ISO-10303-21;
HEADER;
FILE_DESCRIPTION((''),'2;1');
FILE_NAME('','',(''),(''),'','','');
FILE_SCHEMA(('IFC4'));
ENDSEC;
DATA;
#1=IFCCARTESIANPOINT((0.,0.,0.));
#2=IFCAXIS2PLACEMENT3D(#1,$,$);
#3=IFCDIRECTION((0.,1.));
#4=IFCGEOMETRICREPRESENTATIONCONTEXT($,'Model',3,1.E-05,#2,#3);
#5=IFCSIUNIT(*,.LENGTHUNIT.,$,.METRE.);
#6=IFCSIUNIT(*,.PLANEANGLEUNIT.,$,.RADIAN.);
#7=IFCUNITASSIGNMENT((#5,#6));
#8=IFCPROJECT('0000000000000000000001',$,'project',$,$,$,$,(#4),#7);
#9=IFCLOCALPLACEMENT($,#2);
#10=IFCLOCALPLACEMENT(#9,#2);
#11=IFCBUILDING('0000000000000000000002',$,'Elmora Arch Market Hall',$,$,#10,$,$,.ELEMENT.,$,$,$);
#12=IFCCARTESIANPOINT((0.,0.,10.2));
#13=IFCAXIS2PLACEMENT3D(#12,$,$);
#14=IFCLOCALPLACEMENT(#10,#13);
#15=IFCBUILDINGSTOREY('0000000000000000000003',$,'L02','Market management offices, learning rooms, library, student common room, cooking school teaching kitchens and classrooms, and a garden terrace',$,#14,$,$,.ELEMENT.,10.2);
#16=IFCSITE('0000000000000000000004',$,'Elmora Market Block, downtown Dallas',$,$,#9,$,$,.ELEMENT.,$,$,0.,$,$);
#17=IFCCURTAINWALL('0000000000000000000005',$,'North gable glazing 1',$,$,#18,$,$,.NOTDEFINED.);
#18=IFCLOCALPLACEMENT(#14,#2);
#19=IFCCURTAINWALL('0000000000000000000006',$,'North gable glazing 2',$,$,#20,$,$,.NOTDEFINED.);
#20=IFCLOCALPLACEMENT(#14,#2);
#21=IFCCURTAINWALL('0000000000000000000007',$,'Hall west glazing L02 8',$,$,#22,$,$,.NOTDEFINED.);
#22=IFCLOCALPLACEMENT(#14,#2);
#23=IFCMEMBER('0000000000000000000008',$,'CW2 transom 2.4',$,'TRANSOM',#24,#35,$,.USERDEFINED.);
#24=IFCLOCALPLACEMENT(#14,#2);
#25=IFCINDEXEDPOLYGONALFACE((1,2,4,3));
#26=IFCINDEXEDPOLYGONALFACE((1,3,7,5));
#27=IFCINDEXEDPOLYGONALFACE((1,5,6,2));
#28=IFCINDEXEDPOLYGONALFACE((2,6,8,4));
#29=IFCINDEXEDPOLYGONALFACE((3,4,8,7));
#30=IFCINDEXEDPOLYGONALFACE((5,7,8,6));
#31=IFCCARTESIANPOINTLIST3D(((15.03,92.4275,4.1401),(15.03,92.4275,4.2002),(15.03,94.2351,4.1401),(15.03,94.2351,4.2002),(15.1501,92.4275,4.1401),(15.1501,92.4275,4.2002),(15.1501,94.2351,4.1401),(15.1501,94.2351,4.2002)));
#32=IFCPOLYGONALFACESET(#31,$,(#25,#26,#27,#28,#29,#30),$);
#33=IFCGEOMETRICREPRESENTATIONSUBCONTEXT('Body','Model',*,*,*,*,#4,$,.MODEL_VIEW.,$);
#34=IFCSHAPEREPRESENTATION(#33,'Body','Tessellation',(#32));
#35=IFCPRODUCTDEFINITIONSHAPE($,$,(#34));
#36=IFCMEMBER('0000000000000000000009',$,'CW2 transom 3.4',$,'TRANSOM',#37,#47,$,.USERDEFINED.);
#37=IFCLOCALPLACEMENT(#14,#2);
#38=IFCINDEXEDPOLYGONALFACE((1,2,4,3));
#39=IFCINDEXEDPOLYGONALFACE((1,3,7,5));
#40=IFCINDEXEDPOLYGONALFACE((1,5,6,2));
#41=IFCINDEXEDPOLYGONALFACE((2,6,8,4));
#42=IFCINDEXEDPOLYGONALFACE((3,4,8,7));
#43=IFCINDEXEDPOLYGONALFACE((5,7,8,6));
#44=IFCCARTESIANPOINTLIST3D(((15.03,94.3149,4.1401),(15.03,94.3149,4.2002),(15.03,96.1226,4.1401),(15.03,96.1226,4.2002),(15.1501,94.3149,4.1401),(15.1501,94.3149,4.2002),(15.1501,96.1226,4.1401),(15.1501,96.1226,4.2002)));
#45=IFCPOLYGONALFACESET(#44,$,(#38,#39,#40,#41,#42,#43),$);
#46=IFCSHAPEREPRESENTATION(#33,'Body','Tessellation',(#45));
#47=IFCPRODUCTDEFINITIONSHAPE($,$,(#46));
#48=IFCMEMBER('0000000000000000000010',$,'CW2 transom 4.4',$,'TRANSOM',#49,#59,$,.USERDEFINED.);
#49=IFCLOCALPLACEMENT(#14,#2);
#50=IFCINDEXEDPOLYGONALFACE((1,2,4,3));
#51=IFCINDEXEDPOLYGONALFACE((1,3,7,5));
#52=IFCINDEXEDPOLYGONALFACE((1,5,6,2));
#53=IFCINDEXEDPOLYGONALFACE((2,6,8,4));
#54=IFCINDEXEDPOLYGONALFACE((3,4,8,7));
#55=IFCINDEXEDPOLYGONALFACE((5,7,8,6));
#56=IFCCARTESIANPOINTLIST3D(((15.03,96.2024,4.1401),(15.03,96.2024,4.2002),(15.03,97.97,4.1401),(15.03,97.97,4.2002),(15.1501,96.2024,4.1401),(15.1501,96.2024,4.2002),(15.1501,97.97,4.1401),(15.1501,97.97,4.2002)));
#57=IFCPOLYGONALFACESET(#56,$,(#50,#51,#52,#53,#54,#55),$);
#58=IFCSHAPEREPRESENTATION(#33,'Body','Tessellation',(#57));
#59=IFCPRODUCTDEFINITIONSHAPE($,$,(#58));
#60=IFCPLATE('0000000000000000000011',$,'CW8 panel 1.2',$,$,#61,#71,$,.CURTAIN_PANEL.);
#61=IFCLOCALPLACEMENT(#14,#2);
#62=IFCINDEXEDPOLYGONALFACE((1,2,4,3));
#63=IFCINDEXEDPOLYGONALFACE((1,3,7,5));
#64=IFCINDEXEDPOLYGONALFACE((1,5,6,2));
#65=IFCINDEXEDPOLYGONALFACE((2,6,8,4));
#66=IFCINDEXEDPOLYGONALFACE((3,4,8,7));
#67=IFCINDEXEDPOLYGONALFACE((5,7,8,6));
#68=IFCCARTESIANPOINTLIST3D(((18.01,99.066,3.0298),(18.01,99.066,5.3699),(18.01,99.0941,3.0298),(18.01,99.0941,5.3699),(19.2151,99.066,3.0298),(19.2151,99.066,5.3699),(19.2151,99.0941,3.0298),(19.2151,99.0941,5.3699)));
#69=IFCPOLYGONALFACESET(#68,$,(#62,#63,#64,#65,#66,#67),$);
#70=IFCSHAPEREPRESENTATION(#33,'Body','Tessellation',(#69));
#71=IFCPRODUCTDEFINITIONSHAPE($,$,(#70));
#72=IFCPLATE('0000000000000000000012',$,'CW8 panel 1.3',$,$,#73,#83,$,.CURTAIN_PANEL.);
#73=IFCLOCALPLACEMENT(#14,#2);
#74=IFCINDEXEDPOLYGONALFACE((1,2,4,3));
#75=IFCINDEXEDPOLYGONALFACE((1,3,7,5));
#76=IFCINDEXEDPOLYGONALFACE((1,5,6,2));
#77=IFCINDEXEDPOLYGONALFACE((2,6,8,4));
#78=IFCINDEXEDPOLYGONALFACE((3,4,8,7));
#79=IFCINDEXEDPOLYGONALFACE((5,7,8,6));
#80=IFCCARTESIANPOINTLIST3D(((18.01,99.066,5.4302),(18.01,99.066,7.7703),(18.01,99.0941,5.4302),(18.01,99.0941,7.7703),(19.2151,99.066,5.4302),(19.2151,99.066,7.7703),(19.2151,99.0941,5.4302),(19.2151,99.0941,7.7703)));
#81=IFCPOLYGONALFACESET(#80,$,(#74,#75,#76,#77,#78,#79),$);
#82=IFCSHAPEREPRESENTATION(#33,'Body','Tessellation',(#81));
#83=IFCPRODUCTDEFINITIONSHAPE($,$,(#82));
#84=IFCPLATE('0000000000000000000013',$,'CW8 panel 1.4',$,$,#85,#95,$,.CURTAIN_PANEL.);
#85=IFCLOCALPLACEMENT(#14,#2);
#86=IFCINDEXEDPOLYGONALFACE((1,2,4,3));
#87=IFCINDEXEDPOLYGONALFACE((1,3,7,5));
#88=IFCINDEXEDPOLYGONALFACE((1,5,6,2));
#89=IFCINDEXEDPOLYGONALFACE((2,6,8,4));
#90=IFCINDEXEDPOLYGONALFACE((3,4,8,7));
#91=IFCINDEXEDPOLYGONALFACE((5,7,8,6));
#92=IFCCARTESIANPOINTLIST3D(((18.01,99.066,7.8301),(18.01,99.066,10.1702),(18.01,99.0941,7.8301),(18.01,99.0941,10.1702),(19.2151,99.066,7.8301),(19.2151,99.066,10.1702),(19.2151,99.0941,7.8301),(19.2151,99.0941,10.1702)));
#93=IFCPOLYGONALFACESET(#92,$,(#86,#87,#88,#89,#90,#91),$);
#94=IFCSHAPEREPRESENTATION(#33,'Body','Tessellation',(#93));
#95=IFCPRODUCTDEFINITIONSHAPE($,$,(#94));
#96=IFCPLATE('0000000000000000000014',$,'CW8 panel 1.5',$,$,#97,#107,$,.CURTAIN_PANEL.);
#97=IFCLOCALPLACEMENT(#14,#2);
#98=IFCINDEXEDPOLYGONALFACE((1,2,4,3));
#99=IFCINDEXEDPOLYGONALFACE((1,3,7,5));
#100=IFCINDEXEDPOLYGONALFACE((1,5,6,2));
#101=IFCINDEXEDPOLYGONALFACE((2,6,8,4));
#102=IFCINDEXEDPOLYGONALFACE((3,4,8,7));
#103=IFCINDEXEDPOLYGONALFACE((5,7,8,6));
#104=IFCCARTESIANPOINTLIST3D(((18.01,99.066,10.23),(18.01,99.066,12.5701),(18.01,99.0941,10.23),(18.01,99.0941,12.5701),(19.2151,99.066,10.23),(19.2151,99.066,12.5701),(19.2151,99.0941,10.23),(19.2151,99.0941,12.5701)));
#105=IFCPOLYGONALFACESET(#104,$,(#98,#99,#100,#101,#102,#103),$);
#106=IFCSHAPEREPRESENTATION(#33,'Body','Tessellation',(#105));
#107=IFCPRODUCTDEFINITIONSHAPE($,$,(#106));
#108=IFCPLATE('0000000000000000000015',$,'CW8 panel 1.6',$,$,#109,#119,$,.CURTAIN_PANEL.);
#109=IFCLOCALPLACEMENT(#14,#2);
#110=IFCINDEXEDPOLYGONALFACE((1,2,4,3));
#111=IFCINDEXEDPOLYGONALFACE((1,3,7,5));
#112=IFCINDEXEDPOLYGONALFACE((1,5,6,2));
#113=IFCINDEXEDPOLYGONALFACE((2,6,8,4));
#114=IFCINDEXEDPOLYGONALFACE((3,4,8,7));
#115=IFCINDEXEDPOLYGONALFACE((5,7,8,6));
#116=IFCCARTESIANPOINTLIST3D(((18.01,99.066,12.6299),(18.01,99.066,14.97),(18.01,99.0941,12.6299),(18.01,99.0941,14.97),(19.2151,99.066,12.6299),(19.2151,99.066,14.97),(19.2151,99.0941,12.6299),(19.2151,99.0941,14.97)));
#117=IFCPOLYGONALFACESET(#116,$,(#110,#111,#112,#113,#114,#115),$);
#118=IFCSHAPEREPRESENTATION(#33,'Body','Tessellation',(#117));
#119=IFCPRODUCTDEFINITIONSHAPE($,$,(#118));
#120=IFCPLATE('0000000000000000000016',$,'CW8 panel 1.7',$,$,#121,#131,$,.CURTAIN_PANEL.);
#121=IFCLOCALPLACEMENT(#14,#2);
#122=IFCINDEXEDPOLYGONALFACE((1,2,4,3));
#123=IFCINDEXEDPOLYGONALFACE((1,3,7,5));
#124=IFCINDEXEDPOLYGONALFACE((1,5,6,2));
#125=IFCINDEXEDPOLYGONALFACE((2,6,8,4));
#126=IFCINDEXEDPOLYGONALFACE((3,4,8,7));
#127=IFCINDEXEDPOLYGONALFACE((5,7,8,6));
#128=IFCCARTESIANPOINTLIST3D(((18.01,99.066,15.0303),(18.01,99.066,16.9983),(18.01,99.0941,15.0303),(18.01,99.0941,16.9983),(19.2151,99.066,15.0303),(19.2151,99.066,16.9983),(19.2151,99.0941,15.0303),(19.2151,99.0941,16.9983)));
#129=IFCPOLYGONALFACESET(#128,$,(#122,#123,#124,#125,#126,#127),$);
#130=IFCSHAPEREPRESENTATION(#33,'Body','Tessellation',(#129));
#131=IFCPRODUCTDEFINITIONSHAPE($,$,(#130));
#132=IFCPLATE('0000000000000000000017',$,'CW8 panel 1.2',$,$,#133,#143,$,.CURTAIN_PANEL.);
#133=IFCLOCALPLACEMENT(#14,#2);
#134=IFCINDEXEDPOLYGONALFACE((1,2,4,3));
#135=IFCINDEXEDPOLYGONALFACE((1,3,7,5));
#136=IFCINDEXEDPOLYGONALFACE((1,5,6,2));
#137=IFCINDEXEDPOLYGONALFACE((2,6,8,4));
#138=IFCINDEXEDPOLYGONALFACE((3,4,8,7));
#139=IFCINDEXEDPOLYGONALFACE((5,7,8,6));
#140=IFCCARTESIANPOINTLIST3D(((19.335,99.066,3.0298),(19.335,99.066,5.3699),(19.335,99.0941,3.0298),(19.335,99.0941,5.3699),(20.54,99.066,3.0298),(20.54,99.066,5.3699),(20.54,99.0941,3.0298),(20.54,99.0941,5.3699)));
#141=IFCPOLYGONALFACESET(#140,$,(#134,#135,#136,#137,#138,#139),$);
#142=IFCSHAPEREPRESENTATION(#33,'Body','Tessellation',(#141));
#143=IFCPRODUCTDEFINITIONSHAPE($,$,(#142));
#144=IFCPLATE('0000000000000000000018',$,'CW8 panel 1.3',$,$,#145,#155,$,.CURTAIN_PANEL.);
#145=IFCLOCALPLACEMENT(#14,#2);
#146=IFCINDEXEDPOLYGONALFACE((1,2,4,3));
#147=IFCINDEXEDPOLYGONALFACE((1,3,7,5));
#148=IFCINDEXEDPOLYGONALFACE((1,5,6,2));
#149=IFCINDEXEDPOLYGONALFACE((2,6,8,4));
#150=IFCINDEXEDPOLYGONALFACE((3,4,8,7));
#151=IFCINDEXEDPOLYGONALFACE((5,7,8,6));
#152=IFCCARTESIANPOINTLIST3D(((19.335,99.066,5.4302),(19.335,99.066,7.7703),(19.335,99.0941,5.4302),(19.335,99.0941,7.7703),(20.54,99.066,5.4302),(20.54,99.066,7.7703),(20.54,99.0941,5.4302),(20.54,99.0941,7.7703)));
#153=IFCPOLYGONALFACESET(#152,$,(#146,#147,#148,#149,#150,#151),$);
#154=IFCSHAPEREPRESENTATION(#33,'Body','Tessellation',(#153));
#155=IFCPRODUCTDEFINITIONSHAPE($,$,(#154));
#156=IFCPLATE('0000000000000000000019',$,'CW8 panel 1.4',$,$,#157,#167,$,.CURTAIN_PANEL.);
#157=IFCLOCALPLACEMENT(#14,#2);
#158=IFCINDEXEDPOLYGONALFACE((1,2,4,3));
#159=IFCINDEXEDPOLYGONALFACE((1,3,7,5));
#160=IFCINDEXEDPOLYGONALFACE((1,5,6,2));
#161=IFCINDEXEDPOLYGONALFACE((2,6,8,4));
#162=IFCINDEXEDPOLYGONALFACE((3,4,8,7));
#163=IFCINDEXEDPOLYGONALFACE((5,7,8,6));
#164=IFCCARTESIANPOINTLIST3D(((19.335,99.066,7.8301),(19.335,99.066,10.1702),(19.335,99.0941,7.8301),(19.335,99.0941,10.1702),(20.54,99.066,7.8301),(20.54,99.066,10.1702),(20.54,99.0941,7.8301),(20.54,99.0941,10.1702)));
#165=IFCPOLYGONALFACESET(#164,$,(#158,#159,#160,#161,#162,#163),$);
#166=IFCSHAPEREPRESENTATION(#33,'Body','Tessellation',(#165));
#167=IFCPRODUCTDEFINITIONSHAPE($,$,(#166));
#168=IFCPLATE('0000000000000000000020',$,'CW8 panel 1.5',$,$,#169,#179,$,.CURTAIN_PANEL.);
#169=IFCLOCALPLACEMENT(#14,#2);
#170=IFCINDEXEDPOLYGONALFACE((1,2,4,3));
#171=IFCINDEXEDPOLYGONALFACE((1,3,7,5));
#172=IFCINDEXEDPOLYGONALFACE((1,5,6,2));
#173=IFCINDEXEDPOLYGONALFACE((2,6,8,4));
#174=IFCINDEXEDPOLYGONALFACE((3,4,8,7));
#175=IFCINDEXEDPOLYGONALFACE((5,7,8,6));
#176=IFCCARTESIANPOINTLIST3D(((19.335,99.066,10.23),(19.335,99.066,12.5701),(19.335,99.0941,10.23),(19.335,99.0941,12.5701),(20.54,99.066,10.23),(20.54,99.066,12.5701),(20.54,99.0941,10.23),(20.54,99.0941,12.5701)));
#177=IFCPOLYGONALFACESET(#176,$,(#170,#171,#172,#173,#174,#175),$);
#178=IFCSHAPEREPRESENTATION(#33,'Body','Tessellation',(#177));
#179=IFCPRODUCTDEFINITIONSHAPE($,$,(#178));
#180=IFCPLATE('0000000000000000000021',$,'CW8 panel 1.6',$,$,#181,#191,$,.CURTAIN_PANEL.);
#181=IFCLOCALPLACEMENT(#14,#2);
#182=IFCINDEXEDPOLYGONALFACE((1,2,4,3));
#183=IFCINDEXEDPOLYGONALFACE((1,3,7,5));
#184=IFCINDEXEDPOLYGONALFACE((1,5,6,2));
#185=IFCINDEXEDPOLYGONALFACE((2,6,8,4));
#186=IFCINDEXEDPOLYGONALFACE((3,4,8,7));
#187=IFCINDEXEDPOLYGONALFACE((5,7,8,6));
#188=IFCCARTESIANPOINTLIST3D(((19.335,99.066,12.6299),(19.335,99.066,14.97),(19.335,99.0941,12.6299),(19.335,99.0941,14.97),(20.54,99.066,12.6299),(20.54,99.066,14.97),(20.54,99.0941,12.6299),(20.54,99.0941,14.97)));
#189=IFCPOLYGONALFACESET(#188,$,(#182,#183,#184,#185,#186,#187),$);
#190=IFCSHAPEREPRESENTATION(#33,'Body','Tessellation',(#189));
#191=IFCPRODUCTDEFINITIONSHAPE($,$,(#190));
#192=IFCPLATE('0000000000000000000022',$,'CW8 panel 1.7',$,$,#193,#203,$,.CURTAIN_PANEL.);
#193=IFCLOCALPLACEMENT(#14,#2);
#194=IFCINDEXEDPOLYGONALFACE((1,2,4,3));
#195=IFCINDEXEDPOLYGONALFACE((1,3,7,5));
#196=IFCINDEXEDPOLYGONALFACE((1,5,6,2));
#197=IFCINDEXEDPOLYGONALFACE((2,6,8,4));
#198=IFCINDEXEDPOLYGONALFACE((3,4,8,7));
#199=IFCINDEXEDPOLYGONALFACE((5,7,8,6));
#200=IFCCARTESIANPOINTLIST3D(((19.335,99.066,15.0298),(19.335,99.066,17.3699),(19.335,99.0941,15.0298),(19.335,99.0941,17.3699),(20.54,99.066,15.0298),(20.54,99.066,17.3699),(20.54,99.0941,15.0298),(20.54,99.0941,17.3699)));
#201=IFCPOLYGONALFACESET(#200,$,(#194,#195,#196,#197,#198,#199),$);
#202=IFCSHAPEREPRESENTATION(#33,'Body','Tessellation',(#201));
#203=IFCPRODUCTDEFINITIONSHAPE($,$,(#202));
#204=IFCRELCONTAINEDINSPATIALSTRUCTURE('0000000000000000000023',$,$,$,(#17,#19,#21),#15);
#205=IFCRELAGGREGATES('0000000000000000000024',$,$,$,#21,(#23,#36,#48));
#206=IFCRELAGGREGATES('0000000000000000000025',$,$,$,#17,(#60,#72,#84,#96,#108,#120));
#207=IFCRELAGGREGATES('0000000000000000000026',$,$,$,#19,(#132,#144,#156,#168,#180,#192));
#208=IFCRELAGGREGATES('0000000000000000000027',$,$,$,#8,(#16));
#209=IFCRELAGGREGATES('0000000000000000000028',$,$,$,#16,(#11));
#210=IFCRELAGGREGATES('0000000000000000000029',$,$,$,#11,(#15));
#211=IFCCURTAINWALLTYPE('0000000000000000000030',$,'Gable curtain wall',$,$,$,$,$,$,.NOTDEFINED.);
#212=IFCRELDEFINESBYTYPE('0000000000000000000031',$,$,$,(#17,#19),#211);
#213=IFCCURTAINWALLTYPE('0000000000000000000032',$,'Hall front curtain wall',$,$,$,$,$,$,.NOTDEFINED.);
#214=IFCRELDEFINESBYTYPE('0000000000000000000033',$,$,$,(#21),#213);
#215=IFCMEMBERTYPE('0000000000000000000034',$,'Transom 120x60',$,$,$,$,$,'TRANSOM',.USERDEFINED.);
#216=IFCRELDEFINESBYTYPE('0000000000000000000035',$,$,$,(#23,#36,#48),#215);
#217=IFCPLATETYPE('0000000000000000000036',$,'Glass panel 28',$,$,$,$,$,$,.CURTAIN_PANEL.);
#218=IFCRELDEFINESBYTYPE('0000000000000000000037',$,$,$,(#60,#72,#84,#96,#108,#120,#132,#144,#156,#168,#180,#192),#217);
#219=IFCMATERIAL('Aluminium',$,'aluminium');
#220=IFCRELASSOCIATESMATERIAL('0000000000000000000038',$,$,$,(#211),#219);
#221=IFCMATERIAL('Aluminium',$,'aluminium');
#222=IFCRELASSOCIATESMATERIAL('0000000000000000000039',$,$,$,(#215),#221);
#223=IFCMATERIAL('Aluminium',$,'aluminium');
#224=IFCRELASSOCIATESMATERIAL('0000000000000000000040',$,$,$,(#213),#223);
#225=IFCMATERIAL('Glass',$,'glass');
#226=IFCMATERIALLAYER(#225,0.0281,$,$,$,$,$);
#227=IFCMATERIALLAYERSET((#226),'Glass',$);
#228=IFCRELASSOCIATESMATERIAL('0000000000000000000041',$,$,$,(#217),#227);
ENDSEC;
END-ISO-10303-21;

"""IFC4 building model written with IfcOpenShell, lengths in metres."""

from ifc_helpers import new_model, si_unit, direction, frame, origin, origin_2d, place, context, subcontext, project, spatial, rectangle, extrude, material, layer, layer_set, material_profile, profile_set, type_object, element, aggregate, save


model = new_model("IFC4")

# Units and contexts
model_context = context("Model", 3, precision=1e-05, world=origin(), true_north=direction((0.0, 1.0)))
body_context = subcontext(model_context, "Body", "Model", "MODEL_VIEW")
ifc_project = project(units=[si_unit("LENGTHUNIT", "METRE"), si_unit("PLANEANGLEUNIT", "RADIAN")], contexts=[model_context])

# Site, building, storey
site_placement = place(None, origin())
site = spatial("IfcSite", under=ifc_project, at=site_placement, Name="Elmora Market Block, downtown Dallas", CompositionType="ELEMENT", RefElevation=0.0)
building_placement = place(site_placement, origin())
building = spatial("IfcBuilding", under=site, at=building_placement, Name="Elmora Arch Market Hall", CompositionType="ELEMENT")
storey_placement = place(building_placement, frame((0.0, 0.0, 10.2)))
storey = spatial("IfcBuildingStorey", under=building, at=storey_placement, Name="L02", Description="Market management offices, learning rooms, library, student common room, cooking school teaching kitchens and classrooms, and a garden terrace", CompositionType="ELEMENT", Elevation=10.2)

# Curtain walls, members
ifc_material_1 = material(Name="Aluminium", Category="aluminium")
curtain_wall_type_1 = type_object("IfcCurtainWallType", Name="Gable curtain wall", PredefinedType="NOTDEFINED", material=ifc_material_1)
curtain_wall_1_placement = place(storey_placement, origin())
curtain_wall_1 = element("IfcCurtainWall", 1, at=curtain_wall_1_placement, inside=storey, type_object=curtain_wall_type_1, Name="North gable glazing 1", PredefinedType="NOTDEFINED")
ifc_material_2 = material(Name="Aluminium", Category="aluminium")
ifc_material_profile = material_profile(ifc_material_2, rectangle(XDim=0.1201, YDim=0.0601, at=origin_2d()), Name="AL 120x60")
ifc_profile_set = profile_set([ifc_material_profile], Name="Aluminium")
member_type = type_object("IfcMemberType", Name="Transom 120x60", ElementType="TRANSOM", PredefinedType="USERDEFINED", material=ifc_profile_set)
curtain_wall_2_placement = place(storey_placement, origin())
curtain_wall_2 = element("IfcCurtainWall", 2, at=curtain_wall_2_placement, inside=storey, type_object=curtain_wall_type_1, Name="North gable glazing 2", PredefinedType="NOTDEFINED")
ifc_material_3 = material(Name="Aluminium", Category="aluminium")
curtain_wall_type_2 = type_object("IfcCurtainWallType", Name="Hall front curtain wall", PredefinedType="NOTDEFINED", material=ifc_material_3)
curtain_wall_3_placement = place(storey_placement, origin())
curtain_wall_3 = element("IfcCurtainWall", 3, at=curtain_wall_3_placement, inside=storey, type_object=curtain_wall_type_2, Name="Hall west glazing L02 8", PredefinedType="NOTDEFINED")
member_1_placement = place(storey_placement, frame((15.0901, 92.4275, 4.1702), z_axis=(0.0, 1.0, 0.0), x_axis=(-1.0, 0.0, 0.0)))
member_1 = element("IfcMember", 4, at=member_1_placement, type_object=member_type, Name="CW2 transom 2.4", ObjectType="TRANSOM", PredefinedType="USERDEFINED", context=body_context, shape_type="SweptSolid", body=[
    extrude(rectangle(XDim=0.1201, YDim=0.0601, at=origin_2d()), origin(), (0.0, 0.0, 1.0), 1.8076),
])
member_2_placement = place(storey_placement, frame((15.0901, 94.3149, 4.1702), z_axis=(0.0, 1.0, 0.0), x_axis=(-1.0, 0.0, 0.0)))
member_2 = element("IfcMember", 5, at=member_2_placement, type_object=member_type, Name="CW2 transom 3.4", ObjectType="TRANSOM", PredefinedType="USERDEFINED", context=body_context, shape_type="SweptSolid", body=[
    extrude(rectangle(XDim=0.1201, YDim=0.0601, at=origin_2d()), origin(), (0.0, 0.0, 1.0), 1.8076),
])
member_3_placement = place(storey_placement, frame((15.0901, 96.2024, 4.1702), z_axis=(0.0, 1.0, 0.0), x_axis=(-1.0, 0.0, 0.0)))
member_3 = element("IfcMember", 6, at=member_3_placement, type_object=member_type, Name="CW2 transom 4.4", ObjectType="TRANSOM", PredefinedType="USERDEFINED", context=body_context, shape_type="SweptSolid", body=[
    extrude(rectangle(XDim=0.1201, YDim=0.0601, at=origin_2d()), origin(), (0.0, 0.0, 1.0), 1.7676),
])
aggregate(curtain_wall_3, [member_1, member_2, member_3])

# Plates
ifc_material_4 = material(Name="Glass", Category="glass")
ifc_layer = layer(ifc_material_4, 0.0281)
ifc_layer_set = layer_set([ifc_layer], Name="Glass")
plate_type = type_object("IfcPlateType", Name="Glass panel 28", PredefinedType="CURTAIN_PANEL", material=ifc_layer_set)
plate_1_placement = place(storey_placement, frame((18.6125, 99.0801, 3.0298), z_axis=(0.0, 0.0, 1.0), x_axis=(1.0, 0.0, 0.0)))
plate_1 = element("IfcPlate", 7, at=plate_1_placement, type_object=plate_type, Name="CW8 panel 1.2", PredefinedType="CURTAIN_PANEL", context=body_context, shape_type="SweptSolid", body=[
    extrude(rectangle(XDim=1.2051, YDim=0.0281, at=origin_2d()), origin(), (0.0, 0.0, 1.0), 2.3401),
])
plate_2_placement = place(storey_placement, frame((18.6125, 99.0801, 5.4302), z_axis=(0.0, 0.0, 1.0), x_axis=(1.0, 0.0, 0.0)))
plate_2 = element("IfcPlate", 8, at=plate_2_placement, type_object=plate_type, Name="CW8 panel 1.3", PredefinedType="CURTAIN_PANEL", context=body_context, shape_type="SweptSolid", body=[
    extrude(rectangle(XDim=1.2051, YDim=0.0281, at=origin_2d()), origin(), (0.0, 0.0, 1.0), 2.3401),
])
plate_3_placement = place(storey_placement, frame((18.6125, 99.0801, 7.8301), z_axis=(0.0, 0.0, 1.0), x_axis=(1.0, 0.0, 0.0)))
plate_3 = element("IfcPlate", 9, at=plate_3_placement, type_object=plate_type, Name="CW8 panel 1.4", PredefinedType="CURTAIN_PANEL", context=body_context, shape_type="SweptSolid", body=[
    extrude(rectangle(XDim=1.2051, YDim=0.0281, at=origin_2d()), origin(), (0.0, 0.0, 1.0), 2.3401),
])
plate_4_placement = place(storey_placement, frame((18.6125, 99.0801, 10.23), z_axis=(0.0, 0.0, 1.0), x_axis=(1.0, 0.0, 0.0)))
plate_4 = element("IfcPlate", 10, at=plate_4_placement, type_object=plate_type, Name="CW8 panel 1.5", PredefinedType="CURTAIN_PANEL", context=body_context, shape_type="SweptSolid", body=[
    extrude(rectangle(XDim=1.2051, YDim=0.0281, at=origin_2d()), origin(), (0.0, 0.0, 1.0), 2.3401),
])
plate_5_placement = place(storey_placement, frame((18.6125, 99.0801, 12.6299), z_axis=(0.0, 0.0, 1.0), x_axis=(1.0, 0.0, 0.0)))
plate_5 = element("IfcPlate", 11, at=plate_5_placement, type_object=plate_type, Name="CW8 panel 1.6", PredefinedType="CURTAIN_PANEL", context=body_context, shape_type="SweptSolid", body=[
    extrude(rectangle(XDim=1.2051, YDim=0.0281, at=origin_2d()), origin(), (0.0, 0.0, 1.0), 2.3401),
])
plate_6_placement = place(storey_placement, frame((18.6125, 99.0801, 15.0303), z_axis=(0.0, 0.0, 1.0), x_axis=(1.0, 0.0, 0.0)))
plate_6 = element("IfcPlate", 12, at=plate_6_placement, type_object=plate_type, Name="CW8 panel 1.7", PredefinedType="CURTAIN_PANEL", context=body_context, shape_type="SweptSolid", body=[
    extrude(rectangle(XDim=1.2051, YDim=0.0281, at=origin_2d()), origin(), (0.0, 0.0, 1.0), 1.968),
])
aggregate(curtain_wall_1, [plate_1, plate_2, plate_3, plate_4, plate_5, plate_6])
plate_7_placement = place(storey_placement, frame((19.9375, 99.0801, 3.0298), z_axis=(0.0, 0.0, 1.0), x_axis=(1.0, 0.0, 0.0)))
plate_7 = element("IfcPlate", 13, at=plate_7_placement, type_object=plate_type, Name="CW8 panel 1.2", PredefinedType="CURTAIN_PANEL", context=body_context, shape_type="SweptSolid", body=[
    extrude(rectangle(XDim=1.2051, YDim=0.0281, at=origin_2d()), origin(), (0.0, 0.0, 1.0), 2.3401),
])
plate_8_placement = place(storey_placement, frame((19.9375, 99.0801, 5.4302), z_axis=(0.0, 0.0, 1.0), x_axis=(1.0, 0.0, 0.0)))
plate_8 = element("IfcPlate", 14, at=plate_8_placement, type_object=plate_type, Name="CW8 panel 1.3", PredefinedType="CURTAIN_PANEL", context=body_context, shape_type="SweptSolid", body=[
    extrude(rectangle(XDim=1.2051, YDim=0.0281, at=origin_2d()), origin(), (0.0, 0.0, 1.0), 2.3401),
])
plate_9_placement = place(storey_placement, frame((19.9375, 99.0801, 7.8301), z_axis=(0.0, 0.0, 1.0), x_axis=(1.0, 0.0, 0.0)))
plate_9 = element("IfcPlate", 15, at=plate_9_placement, type_object=plate_type, Name="CW8 panel 1.4", PredefinedType="CURTAIN_PANEL", context=body_context, shape_type="SweptSolid", body=[
    extrude(rectangle(XDim=1.2051, YDim=0.0281, at=origin_2d()), origin(), (0.0, 0.0, 1.0), 2.3401),
])
plate_10_placement = place(storey_placement, frame((19.9375, 99.0801, 10.23), z_axis=(0.0, 0.0, 1.0), x_axis=(1.0, 0.0, 0.0)))
plate_10 = element("IfcPlate", 16, at=plate_10_placement, type_object=plate_type, Name="CW8 panel 1.5", PredefinedType="CURTAIN_PANEL", context=body_context, shape_type="SweptSolid", body=[
    extrude(rectangle(XDim=1.2051, YDim=0.0281, at=origin_2d()), origin(), (0.0, 0.0, 1.0), 2.3401),
])
plate_11_placement = place(storey_placement, frame((19.9375, 99.0801, 12.6299), z_axis=(0.0, 0.0, 1.0), x_axis=(1.0, 0.0, 0.0)))
plate_11 = element("IfcPlate", 17, at=plate_11_placement, type_object=plate_type, Name="CW8 panel 1.6", PredefinedType="CURTAIN_PANEL", context=body_context, shape_type="SweptSolid", body=[
    extrude(rectangle(XDim=1.2051, YDim=0.0281, at=origin_2d()), origin(), (0.0, 0.0, 1.0), 2.3401),
])
plate_12_placement = place(storey_placement, frame((19.9375, 99.0801, 15.0298), z_axis=(0.0, 0.0, 1.0), x_axis=(1.0, 0.0, 0.0)))
plate_12 = element("IfcPlate", 18, at=plate_12_placement, type_object=plate_type, Name="CW8 panel 1.7", PredefinedType="CURTAIN_PANEL", context=body_context, shape_type="SweptSolid", body=[
    extrude(rectangle(XDim=1.2051, YDim=0.0281, at=origin_2d()), origin(), (0.0, 0.0, 1.0), 2.3401),
])
aggregate(curtain_wall_2, [plate_7, plate_8, plate_9, plate_10, plate_11, plate_12])

save(model, "model.ifc")
